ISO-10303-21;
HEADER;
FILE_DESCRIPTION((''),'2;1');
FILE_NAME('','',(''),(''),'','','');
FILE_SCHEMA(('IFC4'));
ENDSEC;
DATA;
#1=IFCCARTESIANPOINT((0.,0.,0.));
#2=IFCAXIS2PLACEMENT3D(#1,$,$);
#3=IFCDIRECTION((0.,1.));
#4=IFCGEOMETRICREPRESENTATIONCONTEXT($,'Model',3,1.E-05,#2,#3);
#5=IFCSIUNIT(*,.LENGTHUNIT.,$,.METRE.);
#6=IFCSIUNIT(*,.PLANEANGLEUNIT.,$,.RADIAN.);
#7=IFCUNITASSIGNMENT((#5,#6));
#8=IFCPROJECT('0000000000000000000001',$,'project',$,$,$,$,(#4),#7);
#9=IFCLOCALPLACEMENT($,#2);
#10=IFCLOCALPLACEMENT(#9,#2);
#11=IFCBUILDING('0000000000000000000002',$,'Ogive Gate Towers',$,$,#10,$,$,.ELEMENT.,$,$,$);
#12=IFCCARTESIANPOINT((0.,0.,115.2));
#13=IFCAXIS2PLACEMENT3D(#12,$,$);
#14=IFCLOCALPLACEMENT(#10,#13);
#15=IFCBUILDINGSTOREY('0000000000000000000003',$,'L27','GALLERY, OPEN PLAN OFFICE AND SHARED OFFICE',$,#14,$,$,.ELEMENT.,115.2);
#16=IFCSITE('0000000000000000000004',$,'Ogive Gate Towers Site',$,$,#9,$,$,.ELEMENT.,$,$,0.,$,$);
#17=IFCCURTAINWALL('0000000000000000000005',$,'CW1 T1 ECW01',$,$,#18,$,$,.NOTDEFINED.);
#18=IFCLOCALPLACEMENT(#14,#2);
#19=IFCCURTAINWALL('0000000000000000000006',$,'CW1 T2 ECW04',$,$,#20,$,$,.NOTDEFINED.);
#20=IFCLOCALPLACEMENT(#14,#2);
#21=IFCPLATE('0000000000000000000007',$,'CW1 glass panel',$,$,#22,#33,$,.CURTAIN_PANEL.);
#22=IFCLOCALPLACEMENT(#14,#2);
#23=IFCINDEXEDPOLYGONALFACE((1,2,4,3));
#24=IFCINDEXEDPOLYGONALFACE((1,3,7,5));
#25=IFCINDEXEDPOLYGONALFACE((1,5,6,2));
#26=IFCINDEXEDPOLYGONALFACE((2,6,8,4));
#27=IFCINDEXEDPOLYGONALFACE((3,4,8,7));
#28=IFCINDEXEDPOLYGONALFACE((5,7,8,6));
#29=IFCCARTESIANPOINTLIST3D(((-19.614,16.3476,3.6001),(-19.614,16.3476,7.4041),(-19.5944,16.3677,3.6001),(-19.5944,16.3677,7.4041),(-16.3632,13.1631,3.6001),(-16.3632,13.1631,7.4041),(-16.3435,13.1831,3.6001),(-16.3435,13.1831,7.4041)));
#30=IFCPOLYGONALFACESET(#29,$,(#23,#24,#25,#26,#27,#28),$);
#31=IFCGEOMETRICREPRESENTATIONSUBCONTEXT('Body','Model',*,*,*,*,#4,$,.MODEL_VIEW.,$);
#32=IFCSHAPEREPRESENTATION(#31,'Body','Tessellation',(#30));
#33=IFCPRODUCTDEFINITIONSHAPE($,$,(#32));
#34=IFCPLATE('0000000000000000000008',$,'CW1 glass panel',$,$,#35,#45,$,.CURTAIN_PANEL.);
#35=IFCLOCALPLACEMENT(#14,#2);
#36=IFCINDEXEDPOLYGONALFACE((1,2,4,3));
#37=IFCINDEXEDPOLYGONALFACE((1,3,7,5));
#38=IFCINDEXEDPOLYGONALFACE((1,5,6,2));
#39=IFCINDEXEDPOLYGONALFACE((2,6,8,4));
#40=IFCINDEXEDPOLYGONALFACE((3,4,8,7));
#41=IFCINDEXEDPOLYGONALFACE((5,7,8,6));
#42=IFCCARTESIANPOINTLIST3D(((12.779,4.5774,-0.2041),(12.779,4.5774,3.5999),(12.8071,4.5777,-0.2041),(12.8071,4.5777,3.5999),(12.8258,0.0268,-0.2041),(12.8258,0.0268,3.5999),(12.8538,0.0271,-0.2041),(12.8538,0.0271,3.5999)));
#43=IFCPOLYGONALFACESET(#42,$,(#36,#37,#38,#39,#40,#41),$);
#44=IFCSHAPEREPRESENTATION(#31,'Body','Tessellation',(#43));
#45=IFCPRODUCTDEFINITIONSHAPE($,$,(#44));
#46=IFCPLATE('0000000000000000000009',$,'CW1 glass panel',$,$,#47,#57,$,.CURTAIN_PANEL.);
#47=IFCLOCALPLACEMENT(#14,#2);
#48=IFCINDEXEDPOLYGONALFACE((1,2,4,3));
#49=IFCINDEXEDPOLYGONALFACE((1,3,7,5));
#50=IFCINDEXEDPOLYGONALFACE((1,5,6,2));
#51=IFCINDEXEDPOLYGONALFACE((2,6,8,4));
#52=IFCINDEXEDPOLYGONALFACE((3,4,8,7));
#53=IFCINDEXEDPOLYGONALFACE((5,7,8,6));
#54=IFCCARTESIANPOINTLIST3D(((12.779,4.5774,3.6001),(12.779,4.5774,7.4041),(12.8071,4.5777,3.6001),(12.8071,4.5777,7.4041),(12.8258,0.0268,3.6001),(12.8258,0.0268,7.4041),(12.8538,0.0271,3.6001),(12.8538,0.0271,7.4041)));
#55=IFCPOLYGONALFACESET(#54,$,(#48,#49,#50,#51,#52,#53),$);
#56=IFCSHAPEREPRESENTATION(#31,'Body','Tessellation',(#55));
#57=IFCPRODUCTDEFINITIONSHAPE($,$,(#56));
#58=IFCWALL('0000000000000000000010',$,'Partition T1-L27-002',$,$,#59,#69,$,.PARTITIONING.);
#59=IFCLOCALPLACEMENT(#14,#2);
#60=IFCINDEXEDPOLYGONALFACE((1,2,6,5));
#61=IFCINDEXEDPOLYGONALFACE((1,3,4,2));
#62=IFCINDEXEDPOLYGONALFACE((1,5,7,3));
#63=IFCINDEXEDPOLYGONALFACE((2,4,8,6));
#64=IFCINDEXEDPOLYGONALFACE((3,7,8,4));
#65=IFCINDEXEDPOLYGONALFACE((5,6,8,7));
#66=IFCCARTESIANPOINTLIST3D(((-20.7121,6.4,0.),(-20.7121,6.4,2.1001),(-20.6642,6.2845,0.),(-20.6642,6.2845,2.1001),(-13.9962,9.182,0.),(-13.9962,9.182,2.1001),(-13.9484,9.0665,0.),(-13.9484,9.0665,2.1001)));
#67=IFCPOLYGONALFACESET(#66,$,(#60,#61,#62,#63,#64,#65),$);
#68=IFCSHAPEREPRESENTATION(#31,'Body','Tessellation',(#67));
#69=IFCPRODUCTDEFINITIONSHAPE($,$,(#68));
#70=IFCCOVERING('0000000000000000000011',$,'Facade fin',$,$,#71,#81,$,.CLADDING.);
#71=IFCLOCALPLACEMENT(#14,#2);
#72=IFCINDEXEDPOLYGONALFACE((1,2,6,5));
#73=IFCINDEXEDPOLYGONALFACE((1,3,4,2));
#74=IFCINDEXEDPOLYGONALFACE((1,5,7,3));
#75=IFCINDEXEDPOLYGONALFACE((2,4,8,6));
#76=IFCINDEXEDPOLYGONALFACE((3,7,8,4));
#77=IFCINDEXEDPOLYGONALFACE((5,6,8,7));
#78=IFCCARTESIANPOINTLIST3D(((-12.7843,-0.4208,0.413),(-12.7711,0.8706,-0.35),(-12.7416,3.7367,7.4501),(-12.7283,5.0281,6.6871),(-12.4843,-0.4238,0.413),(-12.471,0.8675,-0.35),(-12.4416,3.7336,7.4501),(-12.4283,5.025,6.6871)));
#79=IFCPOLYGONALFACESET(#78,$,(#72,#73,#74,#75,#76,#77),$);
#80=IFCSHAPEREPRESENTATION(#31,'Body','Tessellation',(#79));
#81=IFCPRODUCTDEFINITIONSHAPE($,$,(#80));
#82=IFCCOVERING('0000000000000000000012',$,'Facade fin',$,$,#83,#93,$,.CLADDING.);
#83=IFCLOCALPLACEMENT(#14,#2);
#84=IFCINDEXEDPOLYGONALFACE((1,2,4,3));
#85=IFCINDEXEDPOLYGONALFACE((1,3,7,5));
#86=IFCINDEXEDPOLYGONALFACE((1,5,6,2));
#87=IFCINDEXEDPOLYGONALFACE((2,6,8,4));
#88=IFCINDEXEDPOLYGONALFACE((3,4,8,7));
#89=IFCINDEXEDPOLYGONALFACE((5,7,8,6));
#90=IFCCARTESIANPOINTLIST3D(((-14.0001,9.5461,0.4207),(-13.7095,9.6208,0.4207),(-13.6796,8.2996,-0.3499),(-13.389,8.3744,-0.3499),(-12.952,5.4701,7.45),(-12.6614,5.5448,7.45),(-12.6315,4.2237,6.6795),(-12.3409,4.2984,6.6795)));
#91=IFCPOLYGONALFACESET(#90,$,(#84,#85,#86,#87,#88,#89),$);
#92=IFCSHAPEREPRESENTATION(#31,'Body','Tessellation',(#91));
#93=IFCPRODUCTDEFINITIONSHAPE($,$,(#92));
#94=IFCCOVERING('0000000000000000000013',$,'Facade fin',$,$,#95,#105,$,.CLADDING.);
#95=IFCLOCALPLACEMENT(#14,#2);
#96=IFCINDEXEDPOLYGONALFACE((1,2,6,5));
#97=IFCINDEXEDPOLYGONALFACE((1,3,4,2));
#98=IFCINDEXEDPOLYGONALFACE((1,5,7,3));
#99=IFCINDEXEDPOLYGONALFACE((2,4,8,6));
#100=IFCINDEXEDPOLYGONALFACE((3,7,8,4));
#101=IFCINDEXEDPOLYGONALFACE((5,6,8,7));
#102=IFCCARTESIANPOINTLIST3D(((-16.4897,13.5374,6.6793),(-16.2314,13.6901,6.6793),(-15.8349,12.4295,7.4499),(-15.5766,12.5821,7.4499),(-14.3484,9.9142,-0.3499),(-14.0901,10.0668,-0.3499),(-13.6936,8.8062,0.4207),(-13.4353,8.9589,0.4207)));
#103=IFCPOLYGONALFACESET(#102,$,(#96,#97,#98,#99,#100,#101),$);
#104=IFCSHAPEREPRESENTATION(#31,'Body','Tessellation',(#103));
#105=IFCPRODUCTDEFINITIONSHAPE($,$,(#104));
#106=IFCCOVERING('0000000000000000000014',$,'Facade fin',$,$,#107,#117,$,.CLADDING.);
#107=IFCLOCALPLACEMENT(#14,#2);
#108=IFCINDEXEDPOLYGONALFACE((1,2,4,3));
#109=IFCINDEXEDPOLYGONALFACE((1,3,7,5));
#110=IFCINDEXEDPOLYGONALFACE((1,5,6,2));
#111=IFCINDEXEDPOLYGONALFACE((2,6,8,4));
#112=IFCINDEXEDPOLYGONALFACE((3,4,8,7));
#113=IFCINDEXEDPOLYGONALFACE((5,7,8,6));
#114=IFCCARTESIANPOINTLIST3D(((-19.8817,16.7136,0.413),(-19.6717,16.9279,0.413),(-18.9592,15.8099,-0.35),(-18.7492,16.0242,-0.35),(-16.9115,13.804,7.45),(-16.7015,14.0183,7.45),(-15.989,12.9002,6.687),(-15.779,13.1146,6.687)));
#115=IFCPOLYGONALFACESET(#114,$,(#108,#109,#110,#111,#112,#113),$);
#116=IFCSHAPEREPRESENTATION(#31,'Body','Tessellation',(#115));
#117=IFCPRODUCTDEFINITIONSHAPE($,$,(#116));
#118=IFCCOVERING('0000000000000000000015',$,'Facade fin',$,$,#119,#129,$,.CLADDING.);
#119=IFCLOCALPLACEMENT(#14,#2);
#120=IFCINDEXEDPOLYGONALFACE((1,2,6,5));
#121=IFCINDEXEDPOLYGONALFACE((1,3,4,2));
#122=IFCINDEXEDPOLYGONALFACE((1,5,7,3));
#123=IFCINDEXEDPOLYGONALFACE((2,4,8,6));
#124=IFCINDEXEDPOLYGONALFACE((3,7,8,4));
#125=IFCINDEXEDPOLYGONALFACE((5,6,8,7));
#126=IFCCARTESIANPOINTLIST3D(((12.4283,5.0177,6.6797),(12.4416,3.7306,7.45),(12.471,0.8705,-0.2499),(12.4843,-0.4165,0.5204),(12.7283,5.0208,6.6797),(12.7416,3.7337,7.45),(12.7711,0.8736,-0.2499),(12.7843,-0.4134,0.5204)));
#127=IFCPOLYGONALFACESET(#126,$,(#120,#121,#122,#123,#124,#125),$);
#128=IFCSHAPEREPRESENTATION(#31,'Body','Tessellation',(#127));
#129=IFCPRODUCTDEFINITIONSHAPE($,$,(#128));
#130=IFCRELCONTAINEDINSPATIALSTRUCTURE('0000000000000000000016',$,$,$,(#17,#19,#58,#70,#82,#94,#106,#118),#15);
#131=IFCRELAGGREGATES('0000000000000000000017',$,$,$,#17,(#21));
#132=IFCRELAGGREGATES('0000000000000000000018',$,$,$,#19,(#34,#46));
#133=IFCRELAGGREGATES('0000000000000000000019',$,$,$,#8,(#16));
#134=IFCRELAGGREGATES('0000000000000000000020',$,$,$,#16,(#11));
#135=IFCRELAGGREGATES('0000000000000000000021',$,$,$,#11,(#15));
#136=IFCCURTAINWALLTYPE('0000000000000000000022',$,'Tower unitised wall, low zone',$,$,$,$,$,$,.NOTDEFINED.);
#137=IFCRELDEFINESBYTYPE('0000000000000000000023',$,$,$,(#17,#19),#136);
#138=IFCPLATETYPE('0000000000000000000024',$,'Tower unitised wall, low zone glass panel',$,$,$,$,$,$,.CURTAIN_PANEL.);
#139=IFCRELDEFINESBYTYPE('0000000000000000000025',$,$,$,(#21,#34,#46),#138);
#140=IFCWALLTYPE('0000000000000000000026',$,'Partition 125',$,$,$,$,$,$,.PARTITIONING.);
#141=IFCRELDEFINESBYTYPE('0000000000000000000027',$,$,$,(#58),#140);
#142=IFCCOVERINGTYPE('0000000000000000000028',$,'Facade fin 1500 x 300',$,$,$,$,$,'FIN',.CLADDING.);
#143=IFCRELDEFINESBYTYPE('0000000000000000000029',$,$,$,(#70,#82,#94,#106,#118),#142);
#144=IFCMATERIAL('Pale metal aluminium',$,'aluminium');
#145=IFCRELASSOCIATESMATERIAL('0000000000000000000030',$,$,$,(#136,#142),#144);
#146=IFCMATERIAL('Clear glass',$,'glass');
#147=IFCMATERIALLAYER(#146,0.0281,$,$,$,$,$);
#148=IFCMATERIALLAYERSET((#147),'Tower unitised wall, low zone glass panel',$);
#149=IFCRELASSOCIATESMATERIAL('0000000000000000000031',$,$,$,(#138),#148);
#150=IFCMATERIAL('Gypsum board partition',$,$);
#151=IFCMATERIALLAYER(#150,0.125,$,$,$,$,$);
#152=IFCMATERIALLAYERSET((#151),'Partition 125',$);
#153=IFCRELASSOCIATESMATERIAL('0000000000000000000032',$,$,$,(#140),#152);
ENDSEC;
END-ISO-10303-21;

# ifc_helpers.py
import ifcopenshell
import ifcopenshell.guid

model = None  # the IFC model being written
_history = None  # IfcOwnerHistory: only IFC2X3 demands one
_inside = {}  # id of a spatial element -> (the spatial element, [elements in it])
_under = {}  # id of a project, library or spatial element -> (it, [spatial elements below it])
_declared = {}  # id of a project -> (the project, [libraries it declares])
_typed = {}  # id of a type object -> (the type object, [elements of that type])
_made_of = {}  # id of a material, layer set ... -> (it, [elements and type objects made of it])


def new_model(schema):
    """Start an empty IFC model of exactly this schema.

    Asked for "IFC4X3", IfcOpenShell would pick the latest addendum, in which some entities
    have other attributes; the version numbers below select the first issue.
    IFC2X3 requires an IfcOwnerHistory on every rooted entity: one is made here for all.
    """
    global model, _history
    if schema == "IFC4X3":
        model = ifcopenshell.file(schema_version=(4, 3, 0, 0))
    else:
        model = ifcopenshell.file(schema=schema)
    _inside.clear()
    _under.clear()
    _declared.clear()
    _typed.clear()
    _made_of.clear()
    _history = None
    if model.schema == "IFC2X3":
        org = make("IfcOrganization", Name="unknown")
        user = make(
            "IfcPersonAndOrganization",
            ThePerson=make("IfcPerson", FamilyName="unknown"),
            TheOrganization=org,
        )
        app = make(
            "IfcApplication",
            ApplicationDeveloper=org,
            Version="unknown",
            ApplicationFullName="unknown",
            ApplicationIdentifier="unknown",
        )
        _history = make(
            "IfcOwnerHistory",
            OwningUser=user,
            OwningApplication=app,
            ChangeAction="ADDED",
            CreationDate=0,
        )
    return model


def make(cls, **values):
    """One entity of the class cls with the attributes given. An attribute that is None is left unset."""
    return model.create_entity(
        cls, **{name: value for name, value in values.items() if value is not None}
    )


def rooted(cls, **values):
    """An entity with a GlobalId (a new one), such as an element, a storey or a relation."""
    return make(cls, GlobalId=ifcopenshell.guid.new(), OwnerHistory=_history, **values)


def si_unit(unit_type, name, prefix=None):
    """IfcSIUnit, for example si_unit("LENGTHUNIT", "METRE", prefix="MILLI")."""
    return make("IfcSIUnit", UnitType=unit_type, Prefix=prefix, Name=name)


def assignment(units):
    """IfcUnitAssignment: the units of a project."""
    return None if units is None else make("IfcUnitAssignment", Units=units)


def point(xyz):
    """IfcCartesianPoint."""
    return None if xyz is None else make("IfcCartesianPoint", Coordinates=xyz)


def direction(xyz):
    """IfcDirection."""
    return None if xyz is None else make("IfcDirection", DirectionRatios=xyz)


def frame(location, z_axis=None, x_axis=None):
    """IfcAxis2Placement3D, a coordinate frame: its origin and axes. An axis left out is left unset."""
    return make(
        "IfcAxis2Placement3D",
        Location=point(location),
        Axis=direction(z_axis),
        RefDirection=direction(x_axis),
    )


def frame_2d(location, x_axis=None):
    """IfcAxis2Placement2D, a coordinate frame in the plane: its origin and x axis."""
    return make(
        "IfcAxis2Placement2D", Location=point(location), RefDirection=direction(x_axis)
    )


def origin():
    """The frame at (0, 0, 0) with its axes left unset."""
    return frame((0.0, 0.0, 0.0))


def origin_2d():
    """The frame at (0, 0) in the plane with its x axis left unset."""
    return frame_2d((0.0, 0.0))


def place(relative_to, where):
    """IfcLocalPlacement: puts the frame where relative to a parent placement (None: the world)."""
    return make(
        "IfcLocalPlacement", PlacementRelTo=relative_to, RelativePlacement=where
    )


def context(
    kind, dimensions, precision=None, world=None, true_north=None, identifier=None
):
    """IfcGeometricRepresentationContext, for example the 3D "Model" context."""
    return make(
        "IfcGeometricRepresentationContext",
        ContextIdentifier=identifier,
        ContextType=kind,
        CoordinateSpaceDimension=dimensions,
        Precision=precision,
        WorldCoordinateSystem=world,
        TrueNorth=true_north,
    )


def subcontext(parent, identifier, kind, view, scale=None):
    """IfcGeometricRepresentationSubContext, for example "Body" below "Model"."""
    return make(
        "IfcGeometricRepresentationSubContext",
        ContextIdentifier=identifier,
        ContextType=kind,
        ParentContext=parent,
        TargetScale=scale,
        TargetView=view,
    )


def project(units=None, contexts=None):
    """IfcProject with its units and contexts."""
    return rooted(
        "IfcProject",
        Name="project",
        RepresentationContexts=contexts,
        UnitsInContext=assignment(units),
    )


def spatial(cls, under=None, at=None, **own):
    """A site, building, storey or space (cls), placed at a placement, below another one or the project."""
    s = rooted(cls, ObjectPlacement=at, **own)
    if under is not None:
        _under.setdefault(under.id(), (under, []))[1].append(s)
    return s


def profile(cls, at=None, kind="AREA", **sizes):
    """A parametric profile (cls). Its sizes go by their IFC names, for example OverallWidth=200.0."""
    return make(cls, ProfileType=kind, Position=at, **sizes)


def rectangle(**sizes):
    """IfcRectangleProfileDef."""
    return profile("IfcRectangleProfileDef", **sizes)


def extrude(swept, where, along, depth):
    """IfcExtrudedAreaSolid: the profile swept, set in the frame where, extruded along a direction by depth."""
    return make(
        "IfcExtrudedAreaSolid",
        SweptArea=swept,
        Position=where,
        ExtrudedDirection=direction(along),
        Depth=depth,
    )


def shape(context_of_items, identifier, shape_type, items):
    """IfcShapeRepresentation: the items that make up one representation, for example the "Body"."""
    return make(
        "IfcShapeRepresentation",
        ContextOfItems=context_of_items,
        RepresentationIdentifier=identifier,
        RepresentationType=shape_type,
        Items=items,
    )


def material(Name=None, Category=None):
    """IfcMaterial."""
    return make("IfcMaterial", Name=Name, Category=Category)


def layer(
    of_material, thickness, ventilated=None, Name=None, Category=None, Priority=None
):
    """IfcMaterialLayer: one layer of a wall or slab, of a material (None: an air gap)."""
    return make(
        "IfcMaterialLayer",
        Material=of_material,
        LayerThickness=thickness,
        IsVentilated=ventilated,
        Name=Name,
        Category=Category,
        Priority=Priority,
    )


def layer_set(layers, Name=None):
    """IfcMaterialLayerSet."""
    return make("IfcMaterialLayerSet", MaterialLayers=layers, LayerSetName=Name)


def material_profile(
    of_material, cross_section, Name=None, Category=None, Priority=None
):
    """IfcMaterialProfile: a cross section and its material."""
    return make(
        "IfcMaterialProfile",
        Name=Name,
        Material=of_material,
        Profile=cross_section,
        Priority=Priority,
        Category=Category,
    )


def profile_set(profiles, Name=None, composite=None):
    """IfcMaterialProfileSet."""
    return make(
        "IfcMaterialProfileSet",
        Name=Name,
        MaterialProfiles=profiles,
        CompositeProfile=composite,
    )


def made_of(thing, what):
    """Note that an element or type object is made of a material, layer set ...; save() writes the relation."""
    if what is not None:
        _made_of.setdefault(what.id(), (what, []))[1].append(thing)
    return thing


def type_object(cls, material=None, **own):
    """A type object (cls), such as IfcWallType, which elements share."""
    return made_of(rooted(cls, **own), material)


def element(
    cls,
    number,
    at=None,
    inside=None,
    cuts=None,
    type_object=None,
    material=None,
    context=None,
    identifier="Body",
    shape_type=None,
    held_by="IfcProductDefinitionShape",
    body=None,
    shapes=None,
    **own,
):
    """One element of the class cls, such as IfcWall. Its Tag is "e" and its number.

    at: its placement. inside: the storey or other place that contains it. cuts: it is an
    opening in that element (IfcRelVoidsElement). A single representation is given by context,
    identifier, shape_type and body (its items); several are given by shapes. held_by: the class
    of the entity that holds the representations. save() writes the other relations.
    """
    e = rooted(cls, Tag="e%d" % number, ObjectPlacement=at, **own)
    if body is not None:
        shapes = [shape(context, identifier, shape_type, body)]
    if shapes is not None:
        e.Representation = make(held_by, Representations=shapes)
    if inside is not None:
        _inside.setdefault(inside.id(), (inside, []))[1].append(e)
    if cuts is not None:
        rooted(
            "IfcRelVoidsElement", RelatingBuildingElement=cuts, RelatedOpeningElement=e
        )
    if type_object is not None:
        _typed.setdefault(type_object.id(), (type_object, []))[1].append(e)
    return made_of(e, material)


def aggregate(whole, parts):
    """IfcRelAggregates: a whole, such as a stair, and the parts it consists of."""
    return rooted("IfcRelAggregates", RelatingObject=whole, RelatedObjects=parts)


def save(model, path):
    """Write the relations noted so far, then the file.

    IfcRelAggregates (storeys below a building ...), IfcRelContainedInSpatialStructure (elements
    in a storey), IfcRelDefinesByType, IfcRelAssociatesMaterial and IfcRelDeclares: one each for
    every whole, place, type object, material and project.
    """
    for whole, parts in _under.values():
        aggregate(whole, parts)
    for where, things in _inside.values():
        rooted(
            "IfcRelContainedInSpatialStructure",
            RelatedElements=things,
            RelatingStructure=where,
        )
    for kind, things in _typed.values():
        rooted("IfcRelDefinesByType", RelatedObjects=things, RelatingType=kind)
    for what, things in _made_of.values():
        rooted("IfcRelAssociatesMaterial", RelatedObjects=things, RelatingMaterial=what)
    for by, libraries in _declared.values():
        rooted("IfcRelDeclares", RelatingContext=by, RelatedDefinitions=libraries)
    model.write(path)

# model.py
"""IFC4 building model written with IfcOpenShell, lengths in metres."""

from ifc_helpers import new_model, si_unit, direction, frame, frame_2d, origin, origin_2d, place, context, subcontext, project, spatial, rectangle, extrude, material, layer, layer_set, material_profile, profile_set, type_object, element, aggregate, save


model = new_model("IFC4")

# Units and contexts
model_context = context("Model", 3, precision=1e-05, world=origin(), true_north=direction((0.0, 1.0)))
body_context = subcontext(model_context, "Body", "Model", "MODEL_VIEW")
ifc_project = project(units=[si_unit("LENGTHUNIT", "METRE"), si_unit("PLANEANGLEUNIT", "RADIAN")], contexts=[model_context])

# Site, building, storey
site_placement = place(None, origin())
site = spatial("IfcSite", under=ifc_project, at=site_placement, Name="Ogive Gate Towers Site", CompositionType="ELEMENT", RefElevation=0.0)
building_placement = place(site_placement, origin())
building = spatial("IfcBuilding", under=site, at=building_placement, Name="Ogive Gate Towers", CompositionType="ELEMENT")
storey_placement = place(building_placement, frame((0.0, 0.0, 115.2)))
storey = spatial("IfcBuildingStorey", under=building, at=storey_placement, Name="L27", Description="GALLERY, OPEN PLAN OFFICE AND SHARED OFFICE", CompositionType="ELEMENT", Elevation=115.2)

# Curtain wall
ifc_material_1 = material(Name="Pale metal aluminium", Category="aluminium")
curtain_wall_type = type_object("IfcCurtainWallType", Name="Tower unitised wall, low zone", PredefinedType="NOTDEFINED", material=ifc_material_1)
curtain_wall_1_placement = place(storey_placement, origin())
curtain_wall_1 = element("IfcCurtainWall", 1, at=curtain_wall_1_placement, inside=storey, type_object=curtain_wall_type, Name="CW1 T1 ECW01", PredefinedType="NOTDEFINED")

# Curtain wall
curtain_wall_2_placement = place(storey_placement, origin())
curtain_wall_2 = element("IfcCurtainWall", 2, at=curtain_wall_2_placement, inside=storey, type_object=curtain_wall_type, Name="CW1 T2 ECW04", PredefinedType="NOTDEFINED")

# Plates
ifc_material_2 = material(Name="Clear glass", Category="glass")
ifc_layer_1 = layer(ifc_material_2, 0.0281)
ifc_layer_set_1 = layer_set([ifc_layer_1], Name="Tower unitised wall, low zone glass panel")
plate_type = type_object("IfcPlateType", Name="Tower unitised wall, low zone glass panel", PredefinedType="CURTAIN_PANEL", material=ifc_layer_set_1)
plate_1_placement = place(storey_placement, frame((-17.9788, 14.7654, 3.6001), z_axis=(0.0, 0.0, 1.0), x_axis=(-0.714351, 0.699788, 0.0)))
plate_1 = element("IfcPlate", 3, at=plate_1_placement, type_object=plate_type, Name="CW1 glass panel", PredefinedType="CURTAIN_PANEL", context=body_context, shape_type="SweptSolid", body=[
    extrude(rectangle(XDim=4.5508, YDim=0.0281, at=origin_2d()), origin(), (0.0, 0.0, 1.0), 3.804),
])
aggregate(curtain_wall_1, [plate_1])
plate_2_placement = place(storey_placement, frame((12.8164, 2.3022, -0.2041), z_axis=(0.0, 0.0, 1.0), x_axis=(0.01028, -0.999947, 0.0)))
plate_2 = element("IfcPlate", 4, at=plate_2_placement, type_object=plate_type, Name="CW1 glass panel", PredefinedType="CURTAIN_PANEL", context=body_context, shape_type="SweptSolid", body=[
    extrude(rectangle(XDim=4.5508, YDim=0.0281, at=origin_2d()), origin(), (0.0, 0.0, 1.0), 3.804),
])
plate_3_placement = place(storey_placement, frame((12.8164, 2.3022, 3.6001), z_axis=(0.0, 0.0, 1.0), x_axis=(0.01028, -0.999947, 0.0)))
plate_3 = element("IfcPlate", 5, at=plate_3_placement, type_object=plate_type, Name="CW1 glass panel", PredefinedType="CURTAIN_PANEL", context=body_context, shape_type="SweptSolid", body=[
    extrude(rectangle(XDim=4.5508, YDim=0.0281, at=origin_2d()), origin(), (0.0, 0.0, 1.0), 3.804),
])
aggregate(curtain_wall_2, [plate_2, plate_3])

# Wall
ifc_material_3 = material(Name="Gypsum board partition")
ifc_layer_2 = layer(ifc_material_3, 0.125)
ifc_layer_set_2 = layer_set([ifc_layer_2], Name="Partition 125")
wall_type = type_object("IfcWallType", Name="Partition 125", PredefinedType="PARTITIONING", material=ifc_layer_set_2)
wall_placement = place(storey_placement, frame((-13.9722, 9.1243, 0.0), z_axis=(0.0, 0.0, 1.0), x_axis=(-0.92387, -0.382707, 0.0)))
element("IfcWall", 6, at=wall_placement, inside=storey, type_object=wall_type, Name="Partition T1-L27-002", PredefinedType="PARTITIONING", context=body_context, shape_type="SweptSolid", body=[
    extrude(rectangle(XDim=7.2693, YDim=0.125, at=frame_2d((3.6348, 0.0))), origin(), (0.0, 0.0, 1.0), 2.1001),
])

# Coverings
ifc_material_profile_1 = material_profile(ifc_material_1, rectangle(XDim=0.3, YDim=1.5, at=origin_2d()), Name="1500 x 300 pale metal aluminium")
ifc_profile_set_1 = profile_set([ifc_material_profile_1], Name="Pale metal aluminium")
covering_type = type_object("IfcCoveringType", Name="Facade fin 1500 x 300", ElementType="FIN", PredefinedType="CLADDING", material=ifc_profile_set_1)
covering_1_placement = place(storey_placement, frame((-12.6277, 0.2234, 0.0315), z_axis=(0.005227, 0.508648, 0.860959), x_axis=(-0.999947, 0.010276, 0.0)))
element("IfcCovering", 7, at=covering_1_placement, inside=storey, type_object=covering_type, Name="Facade fin", PredefinedType="CLADDING", context=body_context, shape_type="SweptSolid", body=[
    extrude(rectangle(XDim=0.3, YDim=1.5, at=origin_2d()), origin(), (0.0, 0.0, 1.0), 8.1736),
])
for number, where, z_axis, x_axis, name in (
    (8, (-13.6946, 8.9602, 0.0354), (0.127928, -0.497498, 0.85798), (0.968493, 0.249041, 0.0), "Facade fin"),
    (9, (-13.8918, 9.4365, 0.0354), (-0.261365, 0.442244, 0.857967), (-0.860893, -0.508786, 0.0), "Facade fin"),
):
    element("IfcCovering", number, at=place(storey_placement, frame(where, z_axis=z_axis, x_axis=x_axis)), inside=storey, type_object=covering_type, Name=name, PredefinedType="CLADDING", context=body_context, shape_type="SweptSolid", body=[
        extrude(rectangle(XDim=0.3, YDim=1.5, at=origin_2d()), origin(), (0.0, 0.0, 1.0), 8.1929),
    ])
covering_2_placement = place(storey_placement, frame((-19.3154, 16.3689, 0.0315), z_axis=(0.363387, -0.35598, 0.860946), x_axis=(0.699788, 0.71435, 0.0)))
element("IfcCovering", 10, at=covering_2_placement, inside=storey, type_object=covering_type, Name="Facade fin", PredefinedType="CLADDING", context=body_context, shape_type="SweptSolid", body=[
    extrude(rectangle(XDim=0.3, YDim=1.5, at=origin_2d()), origin(), (0.0, 0.0, 1.0), 8.1736),
])
covering_3_placement = place(storey_placement, frame((12.6277, 0.2285, 0.1353), z_axis=(-0.00529, 0.513524, 0.858059), x_axis=(-0.999947, -0.010301, 0.0)))
element("IfcCovering", 11, at=covering_3_placement, inside=storey, type_object=covering_type, Name="Facade fin", PredefinedType="CLADDING", context=body_context, shape_type="SweptSolid", body=[
    extrude(rectangle(XDim=0.3, YDim=1.5, at=origin_2d()), origin(), (0.0, 0.0, 1.0), 8.0759),
])

save(model, "model.ifc")
